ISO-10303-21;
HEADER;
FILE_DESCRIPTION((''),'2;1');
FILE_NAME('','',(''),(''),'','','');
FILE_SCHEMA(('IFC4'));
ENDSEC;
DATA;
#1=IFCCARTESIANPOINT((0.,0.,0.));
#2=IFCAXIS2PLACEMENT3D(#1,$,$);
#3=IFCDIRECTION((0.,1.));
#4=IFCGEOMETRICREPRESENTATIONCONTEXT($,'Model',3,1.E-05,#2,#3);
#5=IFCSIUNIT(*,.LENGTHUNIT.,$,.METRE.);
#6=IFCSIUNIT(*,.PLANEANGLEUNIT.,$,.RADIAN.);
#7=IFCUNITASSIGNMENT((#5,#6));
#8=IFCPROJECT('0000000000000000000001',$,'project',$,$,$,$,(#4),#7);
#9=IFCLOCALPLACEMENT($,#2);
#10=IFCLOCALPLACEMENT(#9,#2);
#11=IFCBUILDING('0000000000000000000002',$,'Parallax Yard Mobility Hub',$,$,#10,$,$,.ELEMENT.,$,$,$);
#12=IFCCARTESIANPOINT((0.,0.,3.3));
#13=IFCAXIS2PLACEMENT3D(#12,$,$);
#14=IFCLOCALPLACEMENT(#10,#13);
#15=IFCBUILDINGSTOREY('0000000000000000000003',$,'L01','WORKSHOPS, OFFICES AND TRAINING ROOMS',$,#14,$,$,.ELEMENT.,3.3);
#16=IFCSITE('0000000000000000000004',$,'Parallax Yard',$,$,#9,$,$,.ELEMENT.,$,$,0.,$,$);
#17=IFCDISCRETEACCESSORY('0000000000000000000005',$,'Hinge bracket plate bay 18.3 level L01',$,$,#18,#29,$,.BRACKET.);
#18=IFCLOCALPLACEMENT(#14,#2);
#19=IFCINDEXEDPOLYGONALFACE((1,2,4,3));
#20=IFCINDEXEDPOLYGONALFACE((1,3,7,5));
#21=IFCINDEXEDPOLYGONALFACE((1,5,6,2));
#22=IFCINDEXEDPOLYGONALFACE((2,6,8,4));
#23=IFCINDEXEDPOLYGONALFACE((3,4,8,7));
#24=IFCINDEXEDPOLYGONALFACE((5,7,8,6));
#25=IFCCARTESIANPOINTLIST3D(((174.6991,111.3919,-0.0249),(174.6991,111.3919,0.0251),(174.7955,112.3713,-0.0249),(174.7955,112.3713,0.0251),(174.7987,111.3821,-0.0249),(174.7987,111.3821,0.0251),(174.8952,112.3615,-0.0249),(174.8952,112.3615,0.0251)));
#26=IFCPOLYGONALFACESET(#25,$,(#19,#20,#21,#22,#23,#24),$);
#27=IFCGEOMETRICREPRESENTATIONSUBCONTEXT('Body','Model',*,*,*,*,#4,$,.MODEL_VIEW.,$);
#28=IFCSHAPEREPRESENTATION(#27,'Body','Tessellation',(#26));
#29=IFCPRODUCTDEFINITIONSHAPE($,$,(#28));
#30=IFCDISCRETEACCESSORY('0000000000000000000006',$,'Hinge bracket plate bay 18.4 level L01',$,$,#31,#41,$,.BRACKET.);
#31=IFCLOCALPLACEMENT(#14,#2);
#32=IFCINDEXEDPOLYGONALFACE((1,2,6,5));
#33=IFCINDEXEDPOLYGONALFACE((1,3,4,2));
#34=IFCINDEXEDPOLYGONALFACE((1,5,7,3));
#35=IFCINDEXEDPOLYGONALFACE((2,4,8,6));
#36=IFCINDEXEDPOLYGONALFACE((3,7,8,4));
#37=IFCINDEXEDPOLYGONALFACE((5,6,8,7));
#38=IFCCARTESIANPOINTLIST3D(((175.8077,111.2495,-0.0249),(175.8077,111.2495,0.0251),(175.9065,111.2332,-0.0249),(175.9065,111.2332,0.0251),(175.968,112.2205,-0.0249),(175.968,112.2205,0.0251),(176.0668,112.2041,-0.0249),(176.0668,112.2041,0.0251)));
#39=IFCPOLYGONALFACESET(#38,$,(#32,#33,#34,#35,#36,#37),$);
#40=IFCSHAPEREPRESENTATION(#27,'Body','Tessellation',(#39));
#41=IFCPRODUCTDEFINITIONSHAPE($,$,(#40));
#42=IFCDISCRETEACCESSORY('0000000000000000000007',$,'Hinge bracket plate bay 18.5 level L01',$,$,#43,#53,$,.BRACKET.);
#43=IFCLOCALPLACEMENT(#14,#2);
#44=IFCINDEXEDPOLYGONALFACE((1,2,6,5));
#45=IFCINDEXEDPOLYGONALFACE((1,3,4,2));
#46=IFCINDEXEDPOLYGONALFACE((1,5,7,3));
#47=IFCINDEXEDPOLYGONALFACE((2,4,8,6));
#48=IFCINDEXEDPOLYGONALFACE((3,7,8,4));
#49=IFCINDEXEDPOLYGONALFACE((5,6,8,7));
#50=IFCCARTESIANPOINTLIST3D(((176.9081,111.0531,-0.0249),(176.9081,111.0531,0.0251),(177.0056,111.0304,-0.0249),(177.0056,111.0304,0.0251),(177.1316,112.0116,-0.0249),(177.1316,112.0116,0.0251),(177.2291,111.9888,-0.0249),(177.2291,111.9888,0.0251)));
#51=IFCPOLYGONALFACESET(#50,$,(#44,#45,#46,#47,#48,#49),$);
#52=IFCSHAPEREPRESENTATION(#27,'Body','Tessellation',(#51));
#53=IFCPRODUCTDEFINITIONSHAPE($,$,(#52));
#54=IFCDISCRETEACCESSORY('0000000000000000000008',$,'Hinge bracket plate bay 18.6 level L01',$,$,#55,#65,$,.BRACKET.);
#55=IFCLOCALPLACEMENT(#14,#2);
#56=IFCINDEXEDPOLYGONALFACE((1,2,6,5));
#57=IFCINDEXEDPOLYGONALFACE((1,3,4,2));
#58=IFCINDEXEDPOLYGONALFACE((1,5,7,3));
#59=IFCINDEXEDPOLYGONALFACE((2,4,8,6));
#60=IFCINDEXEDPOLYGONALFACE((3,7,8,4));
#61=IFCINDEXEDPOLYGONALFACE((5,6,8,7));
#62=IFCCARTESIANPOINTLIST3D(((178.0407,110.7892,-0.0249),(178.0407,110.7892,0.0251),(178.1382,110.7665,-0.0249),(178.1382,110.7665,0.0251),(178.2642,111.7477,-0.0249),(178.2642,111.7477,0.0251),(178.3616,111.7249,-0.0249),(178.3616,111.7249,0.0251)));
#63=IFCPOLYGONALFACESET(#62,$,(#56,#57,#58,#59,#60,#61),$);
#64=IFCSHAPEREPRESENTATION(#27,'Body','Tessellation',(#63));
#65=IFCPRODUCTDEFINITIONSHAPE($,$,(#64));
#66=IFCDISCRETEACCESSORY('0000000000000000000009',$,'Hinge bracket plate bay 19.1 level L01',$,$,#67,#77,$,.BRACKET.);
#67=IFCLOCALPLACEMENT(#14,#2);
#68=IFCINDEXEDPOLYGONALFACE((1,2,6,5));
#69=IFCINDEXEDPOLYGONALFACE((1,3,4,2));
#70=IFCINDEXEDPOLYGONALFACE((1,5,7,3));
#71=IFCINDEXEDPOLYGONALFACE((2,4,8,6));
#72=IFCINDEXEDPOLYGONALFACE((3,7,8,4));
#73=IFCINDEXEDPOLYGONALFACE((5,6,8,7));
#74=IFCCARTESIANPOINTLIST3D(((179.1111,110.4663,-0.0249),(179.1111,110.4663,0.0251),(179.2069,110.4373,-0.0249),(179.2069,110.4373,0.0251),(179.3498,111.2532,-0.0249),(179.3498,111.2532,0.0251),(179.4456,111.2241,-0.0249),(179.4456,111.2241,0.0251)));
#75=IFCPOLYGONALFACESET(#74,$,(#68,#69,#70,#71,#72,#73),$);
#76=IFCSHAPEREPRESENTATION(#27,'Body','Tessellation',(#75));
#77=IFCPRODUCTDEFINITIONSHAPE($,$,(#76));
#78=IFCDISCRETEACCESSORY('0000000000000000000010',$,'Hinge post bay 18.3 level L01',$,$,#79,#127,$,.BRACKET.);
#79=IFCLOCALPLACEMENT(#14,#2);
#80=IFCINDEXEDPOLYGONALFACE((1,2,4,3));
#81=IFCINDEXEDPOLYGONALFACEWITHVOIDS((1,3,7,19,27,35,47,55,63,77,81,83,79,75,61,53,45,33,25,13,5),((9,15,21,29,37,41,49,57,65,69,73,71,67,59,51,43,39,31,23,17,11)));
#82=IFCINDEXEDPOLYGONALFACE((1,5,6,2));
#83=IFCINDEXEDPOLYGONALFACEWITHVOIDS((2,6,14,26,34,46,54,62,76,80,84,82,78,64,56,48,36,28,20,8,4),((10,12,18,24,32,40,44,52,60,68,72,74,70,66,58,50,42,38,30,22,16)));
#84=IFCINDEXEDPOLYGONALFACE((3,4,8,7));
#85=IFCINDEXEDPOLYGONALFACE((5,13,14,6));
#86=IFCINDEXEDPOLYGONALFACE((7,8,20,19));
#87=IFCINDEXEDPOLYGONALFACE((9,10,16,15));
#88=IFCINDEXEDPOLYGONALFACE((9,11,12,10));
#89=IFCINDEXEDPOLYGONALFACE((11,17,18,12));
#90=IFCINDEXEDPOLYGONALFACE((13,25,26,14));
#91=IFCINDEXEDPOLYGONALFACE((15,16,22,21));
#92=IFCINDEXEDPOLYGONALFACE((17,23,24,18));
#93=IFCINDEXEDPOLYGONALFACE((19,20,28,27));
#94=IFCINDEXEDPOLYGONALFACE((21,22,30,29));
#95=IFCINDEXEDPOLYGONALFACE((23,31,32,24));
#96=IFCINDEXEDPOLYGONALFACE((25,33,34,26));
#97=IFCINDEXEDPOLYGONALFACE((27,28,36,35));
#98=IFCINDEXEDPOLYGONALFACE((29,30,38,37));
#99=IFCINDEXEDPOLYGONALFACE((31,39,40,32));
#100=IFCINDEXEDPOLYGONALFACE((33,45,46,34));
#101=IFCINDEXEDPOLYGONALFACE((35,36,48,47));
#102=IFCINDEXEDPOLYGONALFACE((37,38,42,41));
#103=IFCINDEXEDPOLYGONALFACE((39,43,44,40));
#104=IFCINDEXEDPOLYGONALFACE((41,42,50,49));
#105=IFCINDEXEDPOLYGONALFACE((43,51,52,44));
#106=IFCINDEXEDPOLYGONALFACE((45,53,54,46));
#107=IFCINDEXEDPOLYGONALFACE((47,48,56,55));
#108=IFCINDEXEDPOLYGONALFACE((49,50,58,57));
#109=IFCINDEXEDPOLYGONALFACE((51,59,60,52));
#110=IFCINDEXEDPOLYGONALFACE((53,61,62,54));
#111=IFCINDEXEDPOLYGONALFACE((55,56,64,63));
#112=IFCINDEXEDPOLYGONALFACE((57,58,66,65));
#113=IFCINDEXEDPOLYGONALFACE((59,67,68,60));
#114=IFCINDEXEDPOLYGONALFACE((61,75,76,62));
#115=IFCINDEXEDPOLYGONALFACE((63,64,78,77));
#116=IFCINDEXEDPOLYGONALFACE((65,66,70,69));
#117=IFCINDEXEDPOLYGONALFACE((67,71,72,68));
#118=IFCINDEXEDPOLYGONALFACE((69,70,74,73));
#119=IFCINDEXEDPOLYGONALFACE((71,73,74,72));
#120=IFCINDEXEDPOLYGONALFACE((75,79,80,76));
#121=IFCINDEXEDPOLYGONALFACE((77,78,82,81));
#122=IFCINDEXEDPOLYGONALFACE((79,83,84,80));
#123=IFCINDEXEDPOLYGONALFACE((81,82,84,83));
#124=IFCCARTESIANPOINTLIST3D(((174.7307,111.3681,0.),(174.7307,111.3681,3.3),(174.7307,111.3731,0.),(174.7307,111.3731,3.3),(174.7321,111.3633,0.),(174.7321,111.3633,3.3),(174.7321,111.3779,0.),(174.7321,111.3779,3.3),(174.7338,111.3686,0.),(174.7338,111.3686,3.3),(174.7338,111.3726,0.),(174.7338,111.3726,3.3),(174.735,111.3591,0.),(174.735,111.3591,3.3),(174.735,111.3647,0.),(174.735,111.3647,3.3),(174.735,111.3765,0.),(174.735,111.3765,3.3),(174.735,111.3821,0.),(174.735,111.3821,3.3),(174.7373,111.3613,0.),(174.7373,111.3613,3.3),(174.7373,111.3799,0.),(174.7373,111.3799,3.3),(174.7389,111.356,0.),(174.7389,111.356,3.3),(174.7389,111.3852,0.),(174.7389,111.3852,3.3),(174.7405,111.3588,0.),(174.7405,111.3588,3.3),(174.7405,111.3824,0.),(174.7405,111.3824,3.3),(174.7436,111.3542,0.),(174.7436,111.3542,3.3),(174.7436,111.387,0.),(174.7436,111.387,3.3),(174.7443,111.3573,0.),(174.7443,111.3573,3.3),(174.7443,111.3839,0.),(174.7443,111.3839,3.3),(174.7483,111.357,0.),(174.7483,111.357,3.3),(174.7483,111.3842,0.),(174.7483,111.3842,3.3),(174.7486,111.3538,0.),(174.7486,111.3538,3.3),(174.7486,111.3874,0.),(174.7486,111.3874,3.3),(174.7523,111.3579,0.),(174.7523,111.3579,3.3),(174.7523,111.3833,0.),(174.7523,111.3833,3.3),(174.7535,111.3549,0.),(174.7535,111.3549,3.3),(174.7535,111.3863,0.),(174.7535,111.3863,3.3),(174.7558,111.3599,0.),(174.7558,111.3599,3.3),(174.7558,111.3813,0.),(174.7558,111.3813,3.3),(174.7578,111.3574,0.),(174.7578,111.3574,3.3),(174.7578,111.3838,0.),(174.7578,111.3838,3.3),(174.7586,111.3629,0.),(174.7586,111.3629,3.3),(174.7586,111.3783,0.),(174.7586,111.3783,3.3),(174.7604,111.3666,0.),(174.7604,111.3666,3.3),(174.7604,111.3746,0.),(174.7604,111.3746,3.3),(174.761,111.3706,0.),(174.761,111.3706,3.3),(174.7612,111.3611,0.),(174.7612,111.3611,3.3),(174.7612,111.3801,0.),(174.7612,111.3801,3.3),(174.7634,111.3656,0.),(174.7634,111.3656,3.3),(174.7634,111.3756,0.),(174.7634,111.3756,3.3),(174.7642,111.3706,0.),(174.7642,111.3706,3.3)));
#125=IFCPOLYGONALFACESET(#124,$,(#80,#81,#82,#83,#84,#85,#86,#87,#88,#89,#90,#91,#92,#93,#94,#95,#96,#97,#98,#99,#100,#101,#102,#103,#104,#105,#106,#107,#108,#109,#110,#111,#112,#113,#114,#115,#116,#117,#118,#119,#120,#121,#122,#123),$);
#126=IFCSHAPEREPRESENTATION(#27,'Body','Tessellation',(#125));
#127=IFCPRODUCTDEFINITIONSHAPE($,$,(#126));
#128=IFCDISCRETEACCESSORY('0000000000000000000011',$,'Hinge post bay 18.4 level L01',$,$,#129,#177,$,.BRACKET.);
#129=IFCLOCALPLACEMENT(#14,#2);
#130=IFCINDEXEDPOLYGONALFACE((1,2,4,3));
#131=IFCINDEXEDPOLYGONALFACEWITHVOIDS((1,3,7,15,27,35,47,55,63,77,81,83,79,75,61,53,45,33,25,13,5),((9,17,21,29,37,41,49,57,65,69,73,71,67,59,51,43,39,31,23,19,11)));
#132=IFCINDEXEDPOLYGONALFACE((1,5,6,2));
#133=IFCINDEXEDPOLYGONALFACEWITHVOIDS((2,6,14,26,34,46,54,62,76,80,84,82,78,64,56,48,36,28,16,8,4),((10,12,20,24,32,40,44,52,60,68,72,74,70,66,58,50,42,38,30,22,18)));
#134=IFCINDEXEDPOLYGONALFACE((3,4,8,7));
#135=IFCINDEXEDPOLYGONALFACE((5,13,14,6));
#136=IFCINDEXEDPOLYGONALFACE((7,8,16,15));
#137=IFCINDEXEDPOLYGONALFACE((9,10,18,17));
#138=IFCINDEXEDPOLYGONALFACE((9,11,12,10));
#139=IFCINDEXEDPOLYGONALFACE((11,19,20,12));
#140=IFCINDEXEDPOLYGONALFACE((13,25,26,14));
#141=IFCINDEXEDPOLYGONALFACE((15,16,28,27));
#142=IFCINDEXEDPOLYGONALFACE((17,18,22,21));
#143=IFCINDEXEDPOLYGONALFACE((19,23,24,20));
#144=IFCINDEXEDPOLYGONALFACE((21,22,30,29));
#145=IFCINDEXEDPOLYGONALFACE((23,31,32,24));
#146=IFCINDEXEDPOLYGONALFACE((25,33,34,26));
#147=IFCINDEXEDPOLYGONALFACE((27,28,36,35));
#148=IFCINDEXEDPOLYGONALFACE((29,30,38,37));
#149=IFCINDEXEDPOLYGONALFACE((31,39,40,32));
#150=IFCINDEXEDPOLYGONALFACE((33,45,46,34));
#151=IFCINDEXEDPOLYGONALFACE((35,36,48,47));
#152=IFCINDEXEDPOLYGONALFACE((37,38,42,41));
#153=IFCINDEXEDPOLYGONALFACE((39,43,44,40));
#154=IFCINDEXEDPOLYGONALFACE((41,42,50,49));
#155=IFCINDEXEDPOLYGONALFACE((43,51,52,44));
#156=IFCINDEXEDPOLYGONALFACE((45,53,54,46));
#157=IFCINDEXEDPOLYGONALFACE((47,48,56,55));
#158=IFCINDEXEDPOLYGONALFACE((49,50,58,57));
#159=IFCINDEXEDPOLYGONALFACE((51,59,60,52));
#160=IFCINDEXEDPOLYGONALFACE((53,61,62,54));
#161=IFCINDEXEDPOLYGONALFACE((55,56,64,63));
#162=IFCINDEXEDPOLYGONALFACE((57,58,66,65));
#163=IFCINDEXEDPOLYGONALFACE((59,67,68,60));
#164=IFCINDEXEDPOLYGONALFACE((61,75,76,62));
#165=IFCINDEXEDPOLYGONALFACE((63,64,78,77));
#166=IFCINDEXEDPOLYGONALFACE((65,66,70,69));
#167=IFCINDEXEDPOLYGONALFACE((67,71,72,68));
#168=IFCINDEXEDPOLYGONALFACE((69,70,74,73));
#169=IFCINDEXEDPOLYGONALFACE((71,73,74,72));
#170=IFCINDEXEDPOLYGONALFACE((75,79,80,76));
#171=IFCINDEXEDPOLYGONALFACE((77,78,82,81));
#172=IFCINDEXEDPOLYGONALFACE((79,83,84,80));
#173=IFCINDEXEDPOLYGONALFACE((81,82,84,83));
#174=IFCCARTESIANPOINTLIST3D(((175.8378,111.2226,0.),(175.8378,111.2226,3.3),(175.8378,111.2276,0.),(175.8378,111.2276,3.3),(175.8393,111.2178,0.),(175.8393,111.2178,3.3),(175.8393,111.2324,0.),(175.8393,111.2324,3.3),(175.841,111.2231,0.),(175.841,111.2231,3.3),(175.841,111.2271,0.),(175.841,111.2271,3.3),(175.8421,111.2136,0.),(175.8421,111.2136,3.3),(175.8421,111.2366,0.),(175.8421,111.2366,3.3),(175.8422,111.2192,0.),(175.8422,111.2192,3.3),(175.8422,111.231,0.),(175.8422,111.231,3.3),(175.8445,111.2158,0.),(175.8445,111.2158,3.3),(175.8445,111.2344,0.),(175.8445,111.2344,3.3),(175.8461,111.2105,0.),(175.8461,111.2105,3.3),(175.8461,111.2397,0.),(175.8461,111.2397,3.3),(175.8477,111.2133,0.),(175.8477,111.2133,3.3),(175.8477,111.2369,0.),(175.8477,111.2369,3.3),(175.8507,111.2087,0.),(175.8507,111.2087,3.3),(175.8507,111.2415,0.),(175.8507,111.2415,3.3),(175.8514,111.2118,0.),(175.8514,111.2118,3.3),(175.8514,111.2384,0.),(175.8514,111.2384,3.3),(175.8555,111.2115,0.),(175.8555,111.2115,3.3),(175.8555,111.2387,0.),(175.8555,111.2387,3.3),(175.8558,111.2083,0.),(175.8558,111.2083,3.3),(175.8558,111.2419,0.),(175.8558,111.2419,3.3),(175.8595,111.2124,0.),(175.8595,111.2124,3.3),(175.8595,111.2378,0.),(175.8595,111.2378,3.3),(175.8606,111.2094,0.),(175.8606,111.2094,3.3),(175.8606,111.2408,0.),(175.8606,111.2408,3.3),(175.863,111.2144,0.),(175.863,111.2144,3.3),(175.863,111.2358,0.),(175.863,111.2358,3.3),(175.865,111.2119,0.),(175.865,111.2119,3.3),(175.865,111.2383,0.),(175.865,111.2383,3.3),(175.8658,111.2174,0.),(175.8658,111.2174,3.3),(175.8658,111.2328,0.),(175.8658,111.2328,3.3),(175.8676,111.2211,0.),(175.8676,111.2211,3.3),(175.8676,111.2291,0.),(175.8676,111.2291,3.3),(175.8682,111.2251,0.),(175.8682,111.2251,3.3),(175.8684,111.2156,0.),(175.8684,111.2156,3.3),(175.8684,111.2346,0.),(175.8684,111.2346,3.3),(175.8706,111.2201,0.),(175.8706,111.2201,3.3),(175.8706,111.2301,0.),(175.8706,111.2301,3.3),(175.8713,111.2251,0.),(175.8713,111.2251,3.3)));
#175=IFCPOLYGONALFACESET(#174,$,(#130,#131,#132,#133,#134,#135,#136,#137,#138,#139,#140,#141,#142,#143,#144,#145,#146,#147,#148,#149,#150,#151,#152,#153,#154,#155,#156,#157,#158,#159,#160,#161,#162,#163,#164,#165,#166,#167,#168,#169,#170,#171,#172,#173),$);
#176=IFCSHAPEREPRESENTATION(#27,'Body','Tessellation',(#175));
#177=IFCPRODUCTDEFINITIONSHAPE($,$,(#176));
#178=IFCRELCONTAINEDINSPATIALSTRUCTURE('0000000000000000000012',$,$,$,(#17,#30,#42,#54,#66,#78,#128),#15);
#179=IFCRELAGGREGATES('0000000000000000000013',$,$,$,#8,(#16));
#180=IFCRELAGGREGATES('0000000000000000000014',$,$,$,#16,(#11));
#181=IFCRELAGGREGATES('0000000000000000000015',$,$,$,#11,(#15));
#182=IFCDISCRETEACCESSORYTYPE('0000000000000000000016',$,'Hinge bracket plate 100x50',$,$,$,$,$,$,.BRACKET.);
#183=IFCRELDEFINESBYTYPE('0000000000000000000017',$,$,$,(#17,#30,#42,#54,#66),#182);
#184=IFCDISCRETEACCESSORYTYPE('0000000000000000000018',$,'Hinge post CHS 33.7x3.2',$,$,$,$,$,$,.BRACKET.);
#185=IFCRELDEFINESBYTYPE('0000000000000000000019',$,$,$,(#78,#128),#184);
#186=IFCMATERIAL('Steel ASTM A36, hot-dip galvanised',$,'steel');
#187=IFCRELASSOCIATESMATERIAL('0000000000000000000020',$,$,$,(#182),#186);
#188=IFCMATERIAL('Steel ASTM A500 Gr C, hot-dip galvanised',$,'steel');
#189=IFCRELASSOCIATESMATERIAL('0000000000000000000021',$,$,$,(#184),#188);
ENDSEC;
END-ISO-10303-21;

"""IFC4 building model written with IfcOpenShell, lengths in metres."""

from ifc_helpers import new_model, si_unit, direction, frame, origin, origin_2d, place, context, subcontext, project, spatial, rectangle, hollow_circle, extrude, material, material_profile, profile_set, type_object, element, save


model = new_model("IFC4")

# Units and contexts
model_context = context("Model", 3, precision=1e-05, world=origin(), true_north=direction((0.0, 1.0)))
body_context = subcontext(model_context, "Body", "Model", "MODEL_VIEW")
ifc_project = project(units=[si_unit("LENGTHUNIT", "METRE"), si_unit("PLANEANGLEUNIT", "RADIAN")], contexts=[model_context])

# Site, building, storey
site_placement = place(None, origin())
site = spatial("IfcSite", under=ifc_project, at=site_placement, Name="Parallax Yard", CompositionType="ELEMENT", RefElevation=0.0)
building_placement = place(site_placement, origin())
building = spatial("IfcBuilding", under=site, at=building_placement, Name="Parallax Yard Mobility Hub", CompositionType="ELEMENT")
storey_placement = place(building_placement, frame((0.0, 0.0, 3.3)))
storey = spatial("IfcBuildingStorey", under=building, at=storey_placement, Name="L01", Description="WORKSHOPS, OFFICES AND TRAINING ROOMS", CompositionType="ELEMENT", Elevation=3.3)

# Discrete accessories
ifc_material_1 = material(Name="Steel ASTM A36, hot-dip galvanised", Category="steel")
discrete_accessory_type_1 = type_object("IfcDiscreteAccessoryType", Name="Hinge bracket plate 100x50", PredefinedType="BRACKET", material=ifc_material_1)
for number, where, z_axis, x_axis, name in (
    (1, (174.7971, 111.8767, -0.0249), (0.0, 0.0, 1.0), (-0.098017, -0.995185, 0.0), "Hinge bracket plate bay 18.3 level L01"),
    (2, (175.9373, 111.7268, -0.0249), (0.0, 0.0, 1.0), (-0.162895, -0.986643, 0.0), "Hinge bracket plate bay 18.4 level L01"),
    (3, (177.0686, 111.521, -0.0249), (0.0, 0.0, 1.0), (-0.227076, -0.973877, 0.0), "Hinge bracket plate bay 18.5 level L01"),
    (4, (178.2012, 111.2571, -0.0249), (0.0, 0.0, 1.0), (-0.227076, -0.973877, 0.0), "Hinge bracket plate bay 18.6 level L01"),
):
    element("IfcDiscreteAccessory", number, at=place(storey_placement, frame(where, z_axis=z_axis, x_axis=x_axis)), inside=storey, type_object=discrete_accessory_type_1, Name=name, PredefinedType="BRACKET", context=body_context, shape_type="SweptSolid", body=[
        extrude(rectangle(XDim=0.9841, YDim=0.1001, at=origin_2d()), origin(), (0.0, 0.0, 1.0), 0.05),
    ])
discrete_accessory_placement = place(storey_placement, frame((179.2783, 110.8452, -0.0249), z_axis=(0.0, 0.0, 1.0), x_axis=(-0.290285, -0.95694, 0.0)))
element("IfcDiscreteAccessory", 5, at=discrete_accessory_placement, inside=storey, type_object=discrete_accessory_type_1, Name="Hinge bracket plate bay 19.1 level L01", PredefinedType="BRACKET", context=body_context, shape_type="SweptSolid", body=[
    extrude(rectangle(XDim=0.8223, YDim=0.1001, at=origin_2d()), origin(), (0.0, 0.0, 1.0), 0.05),
])
ifc_material_2 = material(Name="Steel ASTM A500 Gr C, hot-dip galvanised", Category="steel")
ifc_material_profile_1 = material_profile(ifc_material_2, hollow_circle(Radius=0.0168, WallThickness=0.0032, at=origin_2d()), Name="CHS 33.7x3.2")
ifc_profile_set_1 = profile_set([ifc_material_profile_1], Name="Steel ASTM A500 Gr C, hot-dip galvanised")
discrete_accessory_type_2 = type_object("IfcDiscreteAccessoryType", Name="Hinge post CHS 33.7x3.2", PredefinedType="BRACKET", material=ifc_profile_set_1)
for number, where, z_axis, x_axis, name in (
    (6, (174.7473, 111.3706, 0.0), (0.0, 0.0, 1.0), (1.0, 0.0, 0.0), "Hinge post bay 18.3 level L01"),
    (7, (175.8545, 111.2251, 0.0), (0.0, 0.0, 1.0), (1.0, 0.0, 0.0), "Hinge post bay 18.4 level L01"),
):
    element("IfcDiscreteAccessory", number, at=place(storey_placement, frame(where, z_axis=z_axis, x_axis=x_axis)), inside=storey, type_object=discrete_accessory_type_2, Name=name, PredefinedType="BRACKET", context=body_context, shape_type="SweptSolid", body=[
        extrude(hollow_circle(Radius=0.0168, WallThickness=0.0032, at=origin_2d()), origin(), (0.0, 0.0, 1.0), 3.3),
    ])

save(model, "model.ifc")
